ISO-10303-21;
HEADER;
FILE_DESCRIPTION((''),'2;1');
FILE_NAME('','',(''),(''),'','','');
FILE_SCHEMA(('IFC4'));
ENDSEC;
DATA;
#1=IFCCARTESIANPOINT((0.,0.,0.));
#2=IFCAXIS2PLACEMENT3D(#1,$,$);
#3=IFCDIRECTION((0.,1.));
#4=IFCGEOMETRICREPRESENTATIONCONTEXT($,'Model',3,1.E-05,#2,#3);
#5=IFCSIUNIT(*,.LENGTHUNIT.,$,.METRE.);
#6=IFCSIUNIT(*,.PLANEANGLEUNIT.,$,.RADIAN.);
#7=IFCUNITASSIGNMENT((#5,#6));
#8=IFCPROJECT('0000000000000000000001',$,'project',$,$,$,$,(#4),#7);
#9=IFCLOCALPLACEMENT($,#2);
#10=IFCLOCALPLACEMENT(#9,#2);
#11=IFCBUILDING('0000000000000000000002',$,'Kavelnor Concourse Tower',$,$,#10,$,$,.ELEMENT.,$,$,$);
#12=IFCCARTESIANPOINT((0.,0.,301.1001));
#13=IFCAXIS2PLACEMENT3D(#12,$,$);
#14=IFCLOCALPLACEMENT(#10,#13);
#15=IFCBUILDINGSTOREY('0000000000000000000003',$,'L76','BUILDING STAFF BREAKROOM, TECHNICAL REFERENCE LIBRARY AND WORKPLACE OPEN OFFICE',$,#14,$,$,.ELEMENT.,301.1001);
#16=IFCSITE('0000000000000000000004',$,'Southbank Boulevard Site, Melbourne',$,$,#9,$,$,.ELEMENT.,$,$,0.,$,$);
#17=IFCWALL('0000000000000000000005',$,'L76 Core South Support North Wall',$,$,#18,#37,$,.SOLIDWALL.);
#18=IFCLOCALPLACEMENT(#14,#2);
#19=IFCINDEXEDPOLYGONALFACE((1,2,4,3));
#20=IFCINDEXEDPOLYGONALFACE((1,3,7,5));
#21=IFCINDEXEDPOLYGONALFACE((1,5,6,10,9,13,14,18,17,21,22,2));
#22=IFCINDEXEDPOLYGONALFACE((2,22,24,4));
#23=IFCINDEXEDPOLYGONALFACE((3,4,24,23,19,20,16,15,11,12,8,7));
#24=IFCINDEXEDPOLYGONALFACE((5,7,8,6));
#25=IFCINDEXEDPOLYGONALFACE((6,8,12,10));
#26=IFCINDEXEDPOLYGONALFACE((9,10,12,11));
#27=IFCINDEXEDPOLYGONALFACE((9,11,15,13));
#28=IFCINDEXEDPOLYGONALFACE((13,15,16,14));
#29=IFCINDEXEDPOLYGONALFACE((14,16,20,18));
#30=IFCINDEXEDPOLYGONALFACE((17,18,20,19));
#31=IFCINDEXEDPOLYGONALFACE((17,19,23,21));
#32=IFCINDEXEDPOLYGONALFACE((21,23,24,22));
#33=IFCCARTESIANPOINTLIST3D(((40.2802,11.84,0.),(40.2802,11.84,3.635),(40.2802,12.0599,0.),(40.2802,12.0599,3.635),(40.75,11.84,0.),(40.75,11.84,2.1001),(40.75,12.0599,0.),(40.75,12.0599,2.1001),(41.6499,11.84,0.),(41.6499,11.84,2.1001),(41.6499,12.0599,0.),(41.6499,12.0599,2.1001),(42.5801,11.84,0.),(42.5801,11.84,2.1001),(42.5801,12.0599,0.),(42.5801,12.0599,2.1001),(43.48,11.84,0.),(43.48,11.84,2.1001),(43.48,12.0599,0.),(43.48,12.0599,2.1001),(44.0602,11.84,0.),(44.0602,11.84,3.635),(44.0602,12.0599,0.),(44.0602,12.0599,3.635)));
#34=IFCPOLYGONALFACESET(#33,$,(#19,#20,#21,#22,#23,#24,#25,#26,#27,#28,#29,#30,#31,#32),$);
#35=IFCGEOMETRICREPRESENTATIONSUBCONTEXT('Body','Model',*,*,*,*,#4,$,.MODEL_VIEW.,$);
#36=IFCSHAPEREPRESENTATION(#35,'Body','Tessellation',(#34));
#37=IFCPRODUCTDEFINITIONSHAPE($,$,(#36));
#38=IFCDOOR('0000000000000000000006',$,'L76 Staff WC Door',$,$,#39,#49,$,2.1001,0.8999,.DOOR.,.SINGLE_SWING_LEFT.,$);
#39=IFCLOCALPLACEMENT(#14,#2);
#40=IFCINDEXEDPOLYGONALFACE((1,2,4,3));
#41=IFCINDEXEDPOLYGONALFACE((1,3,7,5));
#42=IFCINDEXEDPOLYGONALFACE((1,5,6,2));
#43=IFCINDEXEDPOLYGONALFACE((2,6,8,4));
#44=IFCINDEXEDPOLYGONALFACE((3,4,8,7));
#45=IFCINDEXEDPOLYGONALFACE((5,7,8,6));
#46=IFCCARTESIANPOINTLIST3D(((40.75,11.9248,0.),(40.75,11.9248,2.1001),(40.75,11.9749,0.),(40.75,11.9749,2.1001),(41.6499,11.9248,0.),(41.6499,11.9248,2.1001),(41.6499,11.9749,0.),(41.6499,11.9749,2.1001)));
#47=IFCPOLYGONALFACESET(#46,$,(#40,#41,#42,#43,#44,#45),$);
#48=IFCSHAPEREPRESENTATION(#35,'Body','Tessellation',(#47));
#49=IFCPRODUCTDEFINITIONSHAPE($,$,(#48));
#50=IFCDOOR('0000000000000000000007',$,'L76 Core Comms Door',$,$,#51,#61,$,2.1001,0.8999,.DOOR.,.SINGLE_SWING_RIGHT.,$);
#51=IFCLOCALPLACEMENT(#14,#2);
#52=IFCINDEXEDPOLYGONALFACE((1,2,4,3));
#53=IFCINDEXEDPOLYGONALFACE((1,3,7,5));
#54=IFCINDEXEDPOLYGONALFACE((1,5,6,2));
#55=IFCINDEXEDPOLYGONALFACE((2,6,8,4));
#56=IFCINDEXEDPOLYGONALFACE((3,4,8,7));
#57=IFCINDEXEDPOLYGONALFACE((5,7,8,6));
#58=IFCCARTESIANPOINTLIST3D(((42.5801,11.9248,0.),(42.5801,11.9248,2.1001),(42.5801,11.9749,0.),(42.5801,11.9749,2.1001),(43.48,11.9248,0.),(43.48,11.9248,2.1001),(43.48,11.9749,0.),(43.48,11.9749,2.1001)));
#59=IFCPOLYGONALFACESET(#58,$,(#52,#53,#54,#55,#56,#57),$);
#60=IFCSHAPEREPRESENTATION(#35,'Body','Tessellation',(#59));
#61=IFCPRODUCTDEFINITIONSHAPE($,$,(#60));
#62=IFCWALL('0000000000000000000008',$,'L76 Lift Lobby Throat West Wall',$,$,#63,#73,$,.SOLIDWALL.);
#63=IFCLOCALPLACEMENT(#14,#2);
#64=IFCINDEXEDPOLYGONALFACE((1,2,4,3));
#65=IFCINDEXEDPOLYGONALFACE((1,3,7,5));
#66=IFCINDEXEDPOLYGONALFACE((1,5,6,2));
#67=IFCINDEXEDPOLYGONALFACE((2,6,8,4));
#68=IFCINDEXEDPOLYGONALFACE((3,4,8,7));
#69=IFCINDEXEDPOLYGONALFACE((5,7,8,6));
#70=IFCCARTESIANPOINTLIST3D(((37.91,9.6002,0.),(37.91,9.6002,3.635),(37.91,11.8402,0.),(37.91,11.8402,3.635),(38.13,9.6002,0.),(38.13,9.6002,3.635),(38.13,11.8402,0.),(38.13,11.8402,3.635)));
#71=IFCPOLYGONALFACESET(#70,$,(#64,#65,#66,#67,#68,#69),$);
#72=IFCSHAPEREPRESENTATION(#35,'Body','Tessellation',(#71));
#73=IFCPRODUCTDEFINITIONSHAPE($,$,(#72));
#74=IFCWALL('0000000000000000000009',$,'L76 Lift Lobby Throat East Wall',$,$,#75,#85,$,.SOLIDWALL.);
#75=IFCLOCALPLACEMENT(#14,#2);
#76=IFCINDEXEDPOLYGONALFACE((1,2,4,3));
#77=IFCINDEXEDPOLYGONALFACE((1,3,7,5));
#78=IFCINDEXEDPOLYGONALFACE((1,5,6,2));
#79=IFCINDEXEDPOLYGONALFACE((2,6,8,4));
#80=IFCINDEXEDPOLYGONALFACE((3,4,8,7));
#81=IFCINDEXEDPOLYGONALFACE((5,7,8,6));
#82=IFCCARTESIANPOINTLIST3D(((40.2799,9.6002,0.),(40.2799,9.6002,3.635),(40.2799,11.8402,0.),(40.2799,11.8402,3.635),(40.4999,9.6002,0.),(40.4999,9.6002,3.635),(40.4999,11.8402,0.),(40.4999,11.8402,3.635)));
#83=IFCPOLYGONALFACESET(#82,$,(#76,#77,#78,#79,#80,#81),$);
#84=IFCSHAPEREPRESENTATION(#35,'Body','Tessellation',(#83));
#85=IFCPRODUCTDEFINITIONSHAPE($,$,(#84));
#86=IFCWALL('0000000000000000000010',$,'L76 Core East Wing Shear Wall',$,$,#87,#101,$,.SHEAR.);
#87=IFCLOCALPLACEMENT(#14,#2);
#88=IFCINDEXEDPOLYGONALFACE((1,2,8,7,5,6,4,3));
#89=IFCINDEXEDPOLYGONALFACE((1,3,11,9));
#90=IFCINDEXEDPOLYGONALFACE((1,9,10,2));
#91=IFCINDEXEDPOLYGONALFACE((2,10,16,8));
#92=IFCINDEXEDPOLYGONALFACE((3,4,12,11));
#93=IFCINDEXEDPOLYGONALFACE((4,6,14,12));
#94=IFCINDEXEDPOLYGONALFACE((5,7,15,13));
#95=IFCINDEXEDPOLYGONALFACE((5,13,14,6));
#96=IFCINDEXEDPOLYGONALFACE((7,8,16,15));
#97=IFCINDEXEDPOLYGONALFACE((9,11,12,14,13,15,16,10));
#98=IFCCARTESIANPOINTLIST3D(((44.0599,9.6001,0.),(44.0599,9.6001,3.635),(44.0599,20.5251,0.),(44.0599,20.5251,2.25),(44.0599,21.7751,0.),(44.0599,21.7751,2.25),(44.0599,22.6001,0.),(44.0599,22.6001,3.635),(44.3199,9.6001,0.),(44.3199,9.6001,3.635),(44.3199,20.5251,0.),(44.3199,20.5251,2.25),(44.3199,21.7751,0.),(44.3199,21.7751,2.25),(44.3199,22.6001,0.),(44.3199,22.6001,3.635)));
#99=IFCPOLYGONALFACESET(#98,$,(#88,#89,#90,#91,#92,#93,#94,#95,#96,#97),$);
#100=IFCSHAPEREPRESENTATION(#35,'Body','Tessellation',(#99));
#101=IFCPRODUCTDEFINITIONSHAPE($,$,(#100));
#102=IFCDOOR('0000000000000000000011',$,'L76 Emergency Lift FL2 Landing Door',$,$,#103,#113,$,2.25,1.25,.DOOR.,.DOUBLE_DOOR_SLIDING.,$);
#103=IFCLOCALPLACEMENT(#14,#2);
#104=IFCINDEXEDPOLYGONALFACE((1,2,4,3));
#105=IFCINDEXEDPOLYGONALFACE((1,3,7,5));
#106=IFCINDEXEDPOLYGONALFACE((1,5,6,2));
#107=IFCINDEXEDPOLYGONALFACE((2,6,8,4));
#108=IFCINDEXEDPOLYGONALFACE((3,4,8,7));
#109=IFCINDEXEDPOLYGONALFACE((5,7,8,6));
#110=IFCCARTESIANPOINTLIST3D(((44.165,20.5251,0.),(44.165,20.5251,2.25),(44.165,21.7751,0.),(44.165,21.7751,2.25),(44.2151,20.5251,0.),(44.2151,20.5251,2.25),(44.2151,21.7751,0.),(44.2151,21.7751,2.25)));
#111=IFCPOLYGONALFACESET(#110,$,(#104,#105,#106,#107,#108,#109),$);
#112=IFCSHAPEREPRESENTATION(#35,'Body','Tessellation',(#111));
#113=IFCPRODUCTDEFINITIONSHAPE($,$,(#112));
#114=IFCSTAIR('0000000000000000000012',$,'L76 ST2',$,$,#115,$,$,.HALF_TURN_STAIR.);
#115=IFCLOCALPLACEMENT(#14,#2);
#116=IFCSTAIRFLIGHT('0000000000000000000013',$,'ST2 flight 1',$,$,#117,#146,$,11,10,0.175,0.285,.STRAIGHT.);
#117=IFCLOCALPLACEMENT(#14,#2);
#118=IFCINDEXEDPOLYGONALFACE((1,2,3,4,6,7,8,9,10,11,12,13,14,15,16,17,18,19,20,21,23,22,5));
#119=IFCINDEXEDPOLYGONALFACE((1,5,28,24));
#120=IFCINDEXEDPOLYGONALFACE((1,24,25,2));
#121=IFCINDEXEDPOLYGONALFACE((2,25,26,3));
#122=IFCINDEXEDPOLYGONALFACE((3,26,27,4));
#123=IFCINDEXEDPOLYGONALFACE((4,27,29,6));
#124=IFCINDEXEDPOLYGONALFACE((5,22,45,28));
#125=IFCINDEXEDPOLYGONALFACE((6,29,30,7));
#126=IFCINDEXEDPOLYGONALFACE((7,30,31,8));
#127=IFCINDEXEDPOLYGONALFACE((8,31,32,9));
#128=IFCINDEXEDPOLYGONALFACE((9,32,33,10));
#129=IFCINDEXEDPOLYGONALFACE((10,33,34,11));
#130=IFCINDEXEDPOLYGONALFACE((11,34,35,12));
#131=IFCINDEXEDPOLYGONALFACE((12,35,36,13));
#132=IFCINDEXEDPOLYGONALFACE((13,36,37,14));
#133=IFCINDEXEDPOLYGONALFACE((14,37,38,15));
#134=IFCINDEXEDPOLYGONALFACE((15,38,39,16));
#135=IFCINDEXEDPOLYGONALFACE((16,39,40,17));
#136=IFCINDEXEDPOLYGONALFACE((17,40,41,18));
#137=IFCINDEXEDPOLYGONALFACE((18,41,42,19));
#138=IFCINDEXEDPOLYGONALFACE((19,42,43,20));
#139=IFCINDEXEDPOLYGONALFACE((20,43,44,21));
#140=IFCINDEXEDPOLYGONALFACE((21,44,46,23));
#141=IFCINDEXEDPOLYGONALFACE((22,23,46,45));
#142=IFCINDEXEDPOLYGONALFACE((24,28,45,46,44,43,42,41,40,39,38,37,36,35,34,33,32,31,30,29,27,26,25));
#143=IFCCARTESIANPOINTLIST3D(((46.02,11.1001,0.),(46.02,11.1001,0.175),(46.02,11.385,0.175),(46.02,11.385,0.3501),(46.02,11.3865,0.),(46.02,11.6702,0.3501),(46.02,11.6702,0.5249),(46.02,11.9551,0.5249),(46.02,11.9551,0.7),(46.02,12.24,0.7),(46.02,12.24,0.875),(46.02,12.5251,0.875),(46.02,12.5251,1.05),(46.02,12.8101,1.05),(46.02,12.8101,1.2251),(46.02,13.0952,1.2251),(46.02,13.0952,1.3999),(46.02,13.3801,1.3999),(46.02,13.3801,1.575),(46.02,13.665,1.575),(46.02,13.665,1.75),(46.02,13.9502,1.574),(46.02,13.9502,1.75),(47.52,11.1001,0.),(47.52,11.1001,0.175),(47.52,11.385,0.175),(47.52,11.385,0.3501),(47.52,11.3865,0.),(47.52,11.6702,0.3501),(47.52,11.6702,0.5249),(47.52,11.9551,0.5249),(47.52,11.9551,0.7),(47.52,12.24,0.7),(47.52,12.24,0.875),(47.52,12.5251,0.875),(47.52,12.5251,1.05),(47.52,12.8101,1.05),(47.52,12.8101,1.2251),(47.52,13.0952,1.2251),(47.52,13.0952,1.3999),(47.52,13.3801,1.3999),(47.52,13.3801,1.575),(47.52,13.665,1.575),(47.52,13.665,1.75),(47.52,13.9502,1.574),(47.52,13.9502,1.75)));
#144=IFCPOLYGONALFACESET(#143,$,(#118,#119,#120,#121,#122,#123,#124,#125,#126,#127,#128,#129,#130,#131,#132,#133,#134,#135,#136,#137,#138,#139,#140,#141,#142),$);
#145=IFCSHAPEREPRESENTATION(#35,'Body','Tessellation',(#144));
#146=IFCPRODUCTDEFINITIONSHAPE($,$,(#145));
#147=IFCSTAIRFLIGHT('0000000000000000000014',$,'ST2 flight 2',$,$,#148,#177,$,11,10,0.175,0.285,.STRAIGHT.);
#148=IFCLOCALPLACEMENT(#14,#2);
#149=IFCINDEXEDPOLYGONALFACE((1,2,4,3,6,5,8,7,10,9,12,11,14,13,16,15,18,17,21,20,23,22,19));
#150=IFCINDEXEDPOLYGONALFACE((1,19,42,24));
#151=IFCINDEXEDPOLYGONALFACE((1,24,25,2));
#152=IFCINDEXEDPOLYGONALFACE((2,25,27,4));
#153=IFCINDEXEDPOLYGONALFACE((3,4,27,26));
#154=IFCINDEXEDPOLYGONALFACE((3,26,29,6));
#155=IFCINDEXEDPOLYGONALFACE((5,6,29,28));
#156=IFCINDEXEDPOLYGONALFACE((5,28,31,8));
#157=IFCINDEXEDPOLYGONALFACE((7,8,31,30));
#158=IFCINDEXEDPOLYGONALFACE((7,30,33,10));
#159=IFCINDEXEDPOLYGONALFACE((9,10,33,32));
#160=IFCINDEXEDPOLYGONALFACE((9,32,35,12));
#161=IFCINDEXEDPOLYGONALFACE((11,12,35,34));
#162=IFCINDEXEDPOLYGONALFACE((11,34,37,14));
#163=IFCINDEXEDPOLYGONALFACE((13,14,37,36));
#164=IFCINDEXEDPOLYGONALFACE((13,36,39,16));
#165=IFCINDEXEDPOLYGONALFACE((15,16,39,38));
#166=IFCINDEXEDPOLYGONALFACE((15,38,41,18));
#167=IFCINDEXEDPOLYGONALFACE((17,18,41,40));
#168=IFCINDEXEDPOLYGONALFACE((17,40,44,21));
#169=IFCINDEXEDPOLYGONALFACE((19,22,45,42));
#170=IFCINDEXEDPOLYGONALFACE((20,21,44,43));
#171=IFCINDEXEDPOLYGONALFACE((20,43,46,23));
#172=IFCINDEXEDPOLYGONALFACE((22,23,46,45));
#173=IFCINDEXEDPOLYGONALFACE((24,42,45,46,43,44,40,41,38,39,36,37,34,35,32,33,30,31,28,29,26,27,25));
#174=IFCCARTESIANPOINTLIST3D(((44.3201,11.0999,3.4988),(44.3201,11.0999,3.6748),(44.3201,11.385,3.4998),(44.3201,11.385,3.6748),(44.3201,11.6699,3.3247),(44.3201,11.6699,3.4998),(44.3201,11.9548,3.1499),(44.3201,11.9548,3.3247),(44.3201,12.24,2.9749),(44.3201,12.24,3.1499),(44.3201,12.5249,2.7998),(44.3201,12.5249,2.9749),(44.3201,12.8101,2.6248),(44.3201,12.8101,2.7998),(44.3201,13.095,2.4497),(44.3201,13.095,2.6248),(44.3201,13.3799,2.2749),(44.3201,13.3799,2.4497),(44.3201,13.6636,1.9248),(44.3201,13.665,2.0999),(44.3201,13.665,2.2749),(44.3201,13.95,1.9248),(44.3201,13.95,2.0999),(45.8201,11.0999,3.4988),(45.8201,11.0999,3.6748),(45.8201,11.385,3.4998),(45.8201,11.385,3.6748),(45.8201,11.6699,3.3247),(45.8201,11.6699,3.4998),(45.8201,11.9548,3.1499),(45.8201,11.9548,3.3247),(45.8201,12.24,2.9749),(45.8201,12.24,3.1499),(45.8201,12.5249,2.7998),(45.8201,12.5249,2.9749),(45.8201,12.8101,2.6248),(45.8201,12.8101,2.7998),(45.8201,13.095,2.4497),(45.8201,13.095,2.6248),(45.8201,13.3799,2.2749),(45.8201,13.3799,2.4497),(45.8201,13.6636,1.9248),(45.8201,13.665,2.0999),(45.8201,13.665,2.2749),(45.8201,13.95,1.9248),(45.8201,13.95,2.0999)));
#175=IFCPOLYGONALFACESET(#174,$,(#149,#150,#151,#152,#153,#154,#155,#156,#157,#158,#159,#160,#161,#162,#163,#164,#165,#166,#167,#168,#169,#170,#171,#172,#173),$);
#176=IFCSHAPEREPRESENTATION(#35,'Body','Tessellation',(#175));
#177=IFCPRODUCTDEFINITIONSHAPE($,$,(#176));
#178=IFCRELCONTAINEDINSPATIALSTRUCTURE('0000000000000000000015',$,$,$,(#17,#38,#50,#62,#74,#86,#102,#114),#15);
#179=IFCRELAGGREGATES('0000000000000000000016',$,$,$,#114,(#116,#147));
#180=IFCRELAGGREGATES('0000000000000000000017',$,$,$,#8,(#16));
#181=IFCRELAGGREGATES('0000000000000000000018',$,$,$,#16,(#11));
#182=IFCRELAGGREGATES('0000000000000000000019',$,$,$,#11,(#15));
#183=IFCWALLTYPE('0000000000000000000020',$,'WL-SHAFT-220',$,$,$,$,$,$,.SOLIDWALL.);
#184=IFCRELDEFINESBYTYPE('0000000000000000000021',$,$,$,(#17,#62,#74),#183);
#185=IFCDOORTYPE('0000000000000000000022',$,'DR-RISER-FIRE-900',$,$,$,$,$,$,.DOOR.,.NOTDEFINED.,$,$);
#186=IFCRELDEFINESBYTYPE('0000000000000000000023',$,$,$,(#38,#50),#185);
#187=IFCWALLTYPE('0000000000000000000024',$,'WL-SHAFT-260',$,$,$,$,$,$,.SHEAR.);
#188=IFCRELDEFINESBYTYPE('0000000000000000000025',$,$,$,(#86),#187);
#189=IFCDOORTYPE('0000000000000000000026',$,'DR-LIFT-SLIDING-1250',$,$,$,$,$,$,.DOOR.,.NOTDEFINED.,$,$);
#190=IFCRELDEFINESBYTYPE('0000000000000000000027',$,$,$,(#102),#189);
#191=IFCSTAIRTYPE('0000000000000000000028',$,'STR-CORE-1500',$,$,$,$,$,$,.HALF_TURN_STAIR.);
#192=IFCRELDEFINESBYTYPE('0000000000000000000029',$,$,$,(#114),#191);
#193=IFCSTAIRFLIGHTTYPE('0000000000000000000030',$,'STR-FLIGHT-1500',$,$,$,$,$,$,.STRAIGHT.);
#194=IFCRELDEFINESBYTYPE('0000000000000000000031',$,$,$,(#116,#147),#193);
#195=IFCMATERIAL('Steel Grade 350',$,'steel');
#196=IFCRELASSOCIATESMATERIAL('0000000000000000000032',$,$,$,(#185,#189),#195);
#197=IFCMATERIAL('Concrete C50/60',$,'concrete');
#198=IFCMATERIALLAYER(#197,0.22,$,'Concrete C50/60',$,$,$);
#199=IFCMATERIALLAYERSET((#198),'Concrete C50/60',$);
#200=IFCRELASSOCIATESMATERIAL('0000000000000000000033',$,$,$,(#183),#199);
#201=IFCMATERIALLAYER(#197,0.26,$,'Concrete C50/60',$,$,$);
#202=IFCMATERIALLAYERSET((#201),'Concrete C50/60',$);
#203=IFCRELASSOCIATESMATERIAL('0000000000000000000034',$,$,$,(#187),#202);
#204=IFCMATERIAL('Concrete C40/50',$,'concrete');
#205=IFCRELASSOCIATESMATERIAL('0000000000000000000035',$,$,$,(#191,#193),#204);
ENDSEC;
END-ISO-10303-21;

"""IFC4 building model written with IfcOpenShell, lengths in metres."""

from ifc_helpers import new_model, si_unit, direction, frame, frame_2d, origin, place, context, subcontext, project, spatial, polyline, rectangle, outline, extrude, material, layer, layer_set, type_object, element, fill, aggregate, save


model = new_model("IFC4")

# Units and contexts
model_context = context("Model", 3, precision=1e-05, world=origin(), true_north=direction((0.0, 1.0)))
body_context = subcontext(model_context, "Body", "Model", "MODEL_VIEW")
ifc_project = project(units=[si_unit("LENGTHUNIT", "METRE"), si_unit("PLANEANGLEUNIT", "RADIAN")], contexts=[model_context])

# Site, building, storey
site_placement = place(None, origin())
site = spatial("IfcSite", under=ifc_project, at=site_placement, Name="Southbank Boulevard Site, Melbourne", CompositionType="ELEMENT", RefElevation=0.0)
building_placement = place(site_placement, origin())
building = spatial("IfcBuilding", under=site, at=building_placement, Name="Kavelnor Concourse Tower", CompositionType="ELEMENT")
storey_placement = place(building_placement, frame((0.0, 0.0, 301.1001)))
storey = spatial("IfcBuildingStorey", under=building, at=storey_placement, Name="L76", Description="BUILDING STAFF BREAKROOM, TECHNICAL REFERENCE LIBRARY AND WORKPLACE OPEN OFFICE", CompositionType="ELEMENT", Elevation=301.1001)

# Shared definitions
ifc_material_1 = material(Name="Steel Grade 350", Category="steel")

# Shared definitions
ifc_material_2 = material(Name="Concrete C50/60", Category="concrete")
door_type_1 = type_object("IfcDoorType", Name="DR-RISER-FIRE-900", OperationType="NOTDEFINED", PredefinedType="DOOR", material=ifc_material_1)

# Wall, openings, doors
ifc_layer_1 = layer(ifc_material_2, 0.22, Name="Concrete C50/60")
ifc_layer_set_1 = layer_set([ifc_layer_1], Name="Concrete C50/60")
wall_type_1 = type_object("IfcWallType", Name="WL-SHAFT-220", PredefinedType="SOLIDWALL", material=ifc_layer_set_1)
wall_1_placement = place(storey_placement, frame((40.28, 11.95, 0.0), z_axis=(0.0, 0.0, 1.0), x_axis=(1.0, 0.0, 0.0)))
wall_1 = element("IfcWall", 1, at=wall_1_placement, inside=storey, type_object=wall_type_1, Name="L76 Core South Support North Wall", PredefinedType="SOLIDWALL", context=body_context, shape_type="SweptSolid", body=[
    extrude(rectangle(XDim=3.78, YDim=0.22, at=frame_2d((1.8901, 0.0))), origin(), (0.0, 0.0, 1.0), 3.635),
])
opening_1_placement = place(wall_1_placement, frame((0.47, 0.0, 0.0)))
opening_1 = element("IfcOpeningElement", 2, at=opening_1_placement, cuts=wall_1, PredefinedType="OPENING", context=body_context, shape_type="SweptSolid", body=[
    extrude(rectangle(XDim=0.8999, YDim=2.1001, at=frame_2d((0.45, 1.05))), frame((0.0, 0.1201, 0.0), z_axis=(0.0, -1.0, 0.0), x_axis=(1.0, 0.0, 0.0)), (0.0, 0.0, 1.0), 0.24),
])
opening_2_placement = place(wall_1_placement, frame((2.3, 0.0, 0.0)))
opening_2 = element("IfcOpeningElement", 3, at=opening_2_placement, cuts=wall_1, PredefinedType="OPENING", context=body_context, shape_type="SweptSolid", body=[
    extrude(rectangle(XDim=0.8999, YDim=2.1001, at=frame_2d((0.45, 1.05))), frame((0.0, 0.1201, 0.0), z_axis=(0.0, -1.0, 0.0), x_axis=(1.0, 0.0, 0.0)), (0.0, 0.0, 1.0), 0.24),
])
door_1_placement = place(opening_1_placement, origin())
door_1 = element("IfcDoor", 4, at=door_1_placement, inside=storey, type_object=door_type_1, Name="L76 Staff WC Door", OperationType="SINGLE_SWING_LEFT", OverallHeight=2.1001, OverallWidth=0.8999, PredefinedType="DOOR", context=body_context, shape_type="SweptSolid", body=[
    extrude(rectangle(XDim=0.8999, YDim=2.1001, at=frame_2d((0.45, 1.05))), frame((0.0, 0.0249, 0.0), z_axis=(0.0, -1.0, 0.0), x_axis=(1.0, 0.0, 0.0)), (0.0, 0.0, 1.0), 0.05),
])
fill(opening_1, door_1)
door_2_placement = place(opening_2_placement, origin())
door_2 = element("IfcDoor", 5, at=door_2_placement, inside=storey, type_object=door_type_1, Name="L76 Core Comms Door", OperationType="SINGLE_SWING_RIGHT", OverallHeight=2.1001, OverallWidth=0.8999, PredefinedType="DOOR", context=body_context, shape_type="SweptSolid", body=[
    extrude(rectangle(XDim=0.8999, YDim=2.1001, at=frame_2d((0.45, 1.05))), frame((0.0, 0.0249, 0.0), z_axis=(0.0, -1.0, 0.0), x_axis=(1.0, 0.0, 0.0)), (0.0, 0.0, 1.0), 0.05),
])
fill(opening_2, door_2)

# Walls
for number, where, z_axis, x_axis, name in (
    (6, (38.02, 9.6001, 0.0), (0.0, 0.0, 1.0), (0.0, 1.0, 0.0), "L76 Lift Lobby Throat West Wall"),
    (7, (40.3899, 9.6001, 0.0), (0.0, 0.0, 1.0), (0.0, 1.0, 0.0), "L76 Lift Lobby Throat East Wall"),
):
    element("IfcWall", number, at=place(storey_placement, frame(where, z_axis=z_axis, x_axis=x_axis)), inside=storey, type_object=wall_type_1, Name=name, PredefinedType="SOLIDWALL", context=body_context, shape_type="SweptSolid", body=[
        extrude(rectangle(XDim=2.24, YDim=0.22, at=frame_2d((1.1201, 0.0))), origin(), (0.0, 0.0, 1.0), 3.635),
    ])

# Wall, opening, door
ifc_layer_2 = layer(ifc_material_2, 0.26, Name="Concrete C50/60")
ifc_layer_set_2 = layer_set([ifc_layer_2], Name="Concrete C50/60")
wall_type_2 = type_object("IfcWallType", Name="WL-SHAFT-260", PredefinedType="SHEAR", material=ifc_layer_set_2)
wall_2_placement = place(storey_placement, frame((44.1899, 9.6001, 0.0), z_axis=(0.0, 0.0, 1.0), x_axis=(0.0, 1.0, 0.0)))
wall_2 = element("IfcWall", 8, at=wall_2_placement, inside=storey, type_object=wall_type_2, Name="L76 Core East Wing Shear Wall", PredefinedType="SHEAR", context=body_context, shape_type="SweptSolid", body=[
    extrude(rectangle(XDim=13.0, YDim=0.26, at=frame_2d((6.5, 0.0))), origin(), (0.0, 0.0, 1.0), 3.635),
])
opening_3_placement = place(wall_2_placement, frame((10.925, 0.0, 0.0)))
opening_3 = element("IfcOpeningElement", 9, at=opening_3_placement, cuts=wall_2, PredefinedType="OPENING", context=body_context, shape_type="SweptSolid", body=[
    extrude(rectangle(XDim=1.25, YDim=2.25, at=frame_2d((0.625, 1.125))), frame((0.0, 0.1401, 0.0), z_axis=(0.0, -1.0, 0.0), x_axis=(1.0, 0.0, 0.0)), (0.0, 0.0, 1.0), 0.28),
])
door_type_2 = type_object("IfcDoorType", Name="DR-LIFT-SLIDING-1250", OperationType="NOTDEFINED", PredefinedType="DOOR", material=ifc_material_1)
door_3_placement = place(opening_3_placement, origin())
door_3 = element("IfcDoor", 10, at=door_3_placement, inside=storey, type_object=door_type_2, Name="L76 Emergency Lift FL2 Landing Door", OperationType="DOUBLE_DOOR_SLIDING", OverallHeight=2.25, OverallWidth=1.25, PredefinedType="DOOR", context=body_context, shape_type="SweptSolid", body=[
    extrude(rectangle(XDim=1.25, YDim=2.25, at=frame_2d((0.625, 1.125))), frame((0.0, 0.0249, 0.0), z_axis=(0.0, -1.0, 0.0), x_axis=(1.0, 0.0, 0.0)), (0.0, 0.0, 1.0), 0.05),
])
fill(opening_3, door_3)

# Stair, stair flights
ifc_material_3 = material(Name="Concrete C40/50", Category="concrete")
stair_type = type_object("IfcStairType", Name="STR-CORE-1500", PredefinedType="HALF_TURN_STAIR", material=ifc_material_3)
stair_placement = place(storey_placement, origin())
stair = element("IfcStair", 11, at=stair_placement, inside=storey, type_object=stair_type, Name="L76 ST2", PredefinedType="HALF_TURN_STAIR")
stair_flight_type = type_object("IfcStairFlightType", Name="STR-FLIGHT-1500", PredefinedType="STRAIGHT", material=ifc_material_3)
stair_flight_1_placement = place(storey_placement, frame((46.77, 11.1001, 0.0), z_axis=(0.0, 0.0, 1.0), x_axis=(0.0, 1.0, 0.0)))
stair_flight_1 = element("IfcStairFlight", 12, at=stair_flight_1_placement, type_object=stair_flight_type, Name="ST2 flight 1", NumberOfRisers=11, NumberOfTreads=10, PredefinedType="STRAIGHT", RiserHeight=0.175, TreadLength=0.285, context=body_context, shape_type="SweptSolid", body=[
    extrude(outline(polyline([(0.0, 0.0), (0.0, 0.175), (0.2849, 0.175), (0.2849, 0.3501), (0.5701, 0.3501), (0.5701, 0.5249), (0.855, 0.5249), (0.855, 0.7), (1.1399, 0.7), (1.1399, 0.875), (1.425, 0.875), (1.425, 1.05), (1.71, 1.05), (1.71, 1.2251), (1.9951, 1.2251), (1.9951, 1.3999), (2.28, 1.3999), (2.28, 1.575), (2.5649, 1.575), (2.5649, 1.75), (2.8501, 1.75), (2.8501, 1.925), (2.8501, 1.574), (0.2864, 0.0), (0.0, 0.0)])), frame((0.0, 0.75, 0.0), z_axis=(0.0, -1.0, 0.0), x_axis=(1.0, 0.0, 0.0)), (0.0, 0.0, 1.0), 1.5),
])
stair_flight_2_placement = place(storey_placement, frame((45.0701, 13.95, 1.9248), z_axis=(0.0, 0.0, 1.0), x_axis=(0.0, -1.0, 0.0)))
stair_flight_2 = element("IfcStairFlight", 13, at=stair_flight_2_placement, type_object=stair_flight_type, Name="ST2 flight 2", NumberOfRisers=11, NumberOfTreads=10, PredefinedType="STRAIGHT", RiserHeight=0.175, TreadLength=0.285, context=body_context, shape_type="SweptSolid", body=[
    extrude(outline(polyline([(0.0, 0.0), (0.0, 0.175), (0.2849, 0.175), (0.2849, 0.3501), (0.5701, 0.3501), (0.5701, 0.5249), (0.855, 0.5249), (0.855, 0.7), (1.1399, 0.7), (1.1399, 0.875), (1.425, 0.875), (1.425, 1.05), (1.71, 1.05), (1.71, 1.2251), (1.9951, 1.2251), (1.9951, 1.3999), (2.28, 1.3999), (2.28, 1.575), (2.5649, 1.575), (2.5649, 1.75), (2.8501, 1.75), (2.8501, 1.925), (2.8501, 1.574), (0.2864, 0.0), (0.0, 0.0)])), frame((0.0, 0.75, 0.0), z_axis=(0.0, -1.0, 0.0), x_axis=(1.0, 0.0, 0.0)), (0.0, 0.0, 1.0), 1.5),
])
aggregate(stair, [stair_flight_1, stair_flight_2])

save(model, "model.ifc")
